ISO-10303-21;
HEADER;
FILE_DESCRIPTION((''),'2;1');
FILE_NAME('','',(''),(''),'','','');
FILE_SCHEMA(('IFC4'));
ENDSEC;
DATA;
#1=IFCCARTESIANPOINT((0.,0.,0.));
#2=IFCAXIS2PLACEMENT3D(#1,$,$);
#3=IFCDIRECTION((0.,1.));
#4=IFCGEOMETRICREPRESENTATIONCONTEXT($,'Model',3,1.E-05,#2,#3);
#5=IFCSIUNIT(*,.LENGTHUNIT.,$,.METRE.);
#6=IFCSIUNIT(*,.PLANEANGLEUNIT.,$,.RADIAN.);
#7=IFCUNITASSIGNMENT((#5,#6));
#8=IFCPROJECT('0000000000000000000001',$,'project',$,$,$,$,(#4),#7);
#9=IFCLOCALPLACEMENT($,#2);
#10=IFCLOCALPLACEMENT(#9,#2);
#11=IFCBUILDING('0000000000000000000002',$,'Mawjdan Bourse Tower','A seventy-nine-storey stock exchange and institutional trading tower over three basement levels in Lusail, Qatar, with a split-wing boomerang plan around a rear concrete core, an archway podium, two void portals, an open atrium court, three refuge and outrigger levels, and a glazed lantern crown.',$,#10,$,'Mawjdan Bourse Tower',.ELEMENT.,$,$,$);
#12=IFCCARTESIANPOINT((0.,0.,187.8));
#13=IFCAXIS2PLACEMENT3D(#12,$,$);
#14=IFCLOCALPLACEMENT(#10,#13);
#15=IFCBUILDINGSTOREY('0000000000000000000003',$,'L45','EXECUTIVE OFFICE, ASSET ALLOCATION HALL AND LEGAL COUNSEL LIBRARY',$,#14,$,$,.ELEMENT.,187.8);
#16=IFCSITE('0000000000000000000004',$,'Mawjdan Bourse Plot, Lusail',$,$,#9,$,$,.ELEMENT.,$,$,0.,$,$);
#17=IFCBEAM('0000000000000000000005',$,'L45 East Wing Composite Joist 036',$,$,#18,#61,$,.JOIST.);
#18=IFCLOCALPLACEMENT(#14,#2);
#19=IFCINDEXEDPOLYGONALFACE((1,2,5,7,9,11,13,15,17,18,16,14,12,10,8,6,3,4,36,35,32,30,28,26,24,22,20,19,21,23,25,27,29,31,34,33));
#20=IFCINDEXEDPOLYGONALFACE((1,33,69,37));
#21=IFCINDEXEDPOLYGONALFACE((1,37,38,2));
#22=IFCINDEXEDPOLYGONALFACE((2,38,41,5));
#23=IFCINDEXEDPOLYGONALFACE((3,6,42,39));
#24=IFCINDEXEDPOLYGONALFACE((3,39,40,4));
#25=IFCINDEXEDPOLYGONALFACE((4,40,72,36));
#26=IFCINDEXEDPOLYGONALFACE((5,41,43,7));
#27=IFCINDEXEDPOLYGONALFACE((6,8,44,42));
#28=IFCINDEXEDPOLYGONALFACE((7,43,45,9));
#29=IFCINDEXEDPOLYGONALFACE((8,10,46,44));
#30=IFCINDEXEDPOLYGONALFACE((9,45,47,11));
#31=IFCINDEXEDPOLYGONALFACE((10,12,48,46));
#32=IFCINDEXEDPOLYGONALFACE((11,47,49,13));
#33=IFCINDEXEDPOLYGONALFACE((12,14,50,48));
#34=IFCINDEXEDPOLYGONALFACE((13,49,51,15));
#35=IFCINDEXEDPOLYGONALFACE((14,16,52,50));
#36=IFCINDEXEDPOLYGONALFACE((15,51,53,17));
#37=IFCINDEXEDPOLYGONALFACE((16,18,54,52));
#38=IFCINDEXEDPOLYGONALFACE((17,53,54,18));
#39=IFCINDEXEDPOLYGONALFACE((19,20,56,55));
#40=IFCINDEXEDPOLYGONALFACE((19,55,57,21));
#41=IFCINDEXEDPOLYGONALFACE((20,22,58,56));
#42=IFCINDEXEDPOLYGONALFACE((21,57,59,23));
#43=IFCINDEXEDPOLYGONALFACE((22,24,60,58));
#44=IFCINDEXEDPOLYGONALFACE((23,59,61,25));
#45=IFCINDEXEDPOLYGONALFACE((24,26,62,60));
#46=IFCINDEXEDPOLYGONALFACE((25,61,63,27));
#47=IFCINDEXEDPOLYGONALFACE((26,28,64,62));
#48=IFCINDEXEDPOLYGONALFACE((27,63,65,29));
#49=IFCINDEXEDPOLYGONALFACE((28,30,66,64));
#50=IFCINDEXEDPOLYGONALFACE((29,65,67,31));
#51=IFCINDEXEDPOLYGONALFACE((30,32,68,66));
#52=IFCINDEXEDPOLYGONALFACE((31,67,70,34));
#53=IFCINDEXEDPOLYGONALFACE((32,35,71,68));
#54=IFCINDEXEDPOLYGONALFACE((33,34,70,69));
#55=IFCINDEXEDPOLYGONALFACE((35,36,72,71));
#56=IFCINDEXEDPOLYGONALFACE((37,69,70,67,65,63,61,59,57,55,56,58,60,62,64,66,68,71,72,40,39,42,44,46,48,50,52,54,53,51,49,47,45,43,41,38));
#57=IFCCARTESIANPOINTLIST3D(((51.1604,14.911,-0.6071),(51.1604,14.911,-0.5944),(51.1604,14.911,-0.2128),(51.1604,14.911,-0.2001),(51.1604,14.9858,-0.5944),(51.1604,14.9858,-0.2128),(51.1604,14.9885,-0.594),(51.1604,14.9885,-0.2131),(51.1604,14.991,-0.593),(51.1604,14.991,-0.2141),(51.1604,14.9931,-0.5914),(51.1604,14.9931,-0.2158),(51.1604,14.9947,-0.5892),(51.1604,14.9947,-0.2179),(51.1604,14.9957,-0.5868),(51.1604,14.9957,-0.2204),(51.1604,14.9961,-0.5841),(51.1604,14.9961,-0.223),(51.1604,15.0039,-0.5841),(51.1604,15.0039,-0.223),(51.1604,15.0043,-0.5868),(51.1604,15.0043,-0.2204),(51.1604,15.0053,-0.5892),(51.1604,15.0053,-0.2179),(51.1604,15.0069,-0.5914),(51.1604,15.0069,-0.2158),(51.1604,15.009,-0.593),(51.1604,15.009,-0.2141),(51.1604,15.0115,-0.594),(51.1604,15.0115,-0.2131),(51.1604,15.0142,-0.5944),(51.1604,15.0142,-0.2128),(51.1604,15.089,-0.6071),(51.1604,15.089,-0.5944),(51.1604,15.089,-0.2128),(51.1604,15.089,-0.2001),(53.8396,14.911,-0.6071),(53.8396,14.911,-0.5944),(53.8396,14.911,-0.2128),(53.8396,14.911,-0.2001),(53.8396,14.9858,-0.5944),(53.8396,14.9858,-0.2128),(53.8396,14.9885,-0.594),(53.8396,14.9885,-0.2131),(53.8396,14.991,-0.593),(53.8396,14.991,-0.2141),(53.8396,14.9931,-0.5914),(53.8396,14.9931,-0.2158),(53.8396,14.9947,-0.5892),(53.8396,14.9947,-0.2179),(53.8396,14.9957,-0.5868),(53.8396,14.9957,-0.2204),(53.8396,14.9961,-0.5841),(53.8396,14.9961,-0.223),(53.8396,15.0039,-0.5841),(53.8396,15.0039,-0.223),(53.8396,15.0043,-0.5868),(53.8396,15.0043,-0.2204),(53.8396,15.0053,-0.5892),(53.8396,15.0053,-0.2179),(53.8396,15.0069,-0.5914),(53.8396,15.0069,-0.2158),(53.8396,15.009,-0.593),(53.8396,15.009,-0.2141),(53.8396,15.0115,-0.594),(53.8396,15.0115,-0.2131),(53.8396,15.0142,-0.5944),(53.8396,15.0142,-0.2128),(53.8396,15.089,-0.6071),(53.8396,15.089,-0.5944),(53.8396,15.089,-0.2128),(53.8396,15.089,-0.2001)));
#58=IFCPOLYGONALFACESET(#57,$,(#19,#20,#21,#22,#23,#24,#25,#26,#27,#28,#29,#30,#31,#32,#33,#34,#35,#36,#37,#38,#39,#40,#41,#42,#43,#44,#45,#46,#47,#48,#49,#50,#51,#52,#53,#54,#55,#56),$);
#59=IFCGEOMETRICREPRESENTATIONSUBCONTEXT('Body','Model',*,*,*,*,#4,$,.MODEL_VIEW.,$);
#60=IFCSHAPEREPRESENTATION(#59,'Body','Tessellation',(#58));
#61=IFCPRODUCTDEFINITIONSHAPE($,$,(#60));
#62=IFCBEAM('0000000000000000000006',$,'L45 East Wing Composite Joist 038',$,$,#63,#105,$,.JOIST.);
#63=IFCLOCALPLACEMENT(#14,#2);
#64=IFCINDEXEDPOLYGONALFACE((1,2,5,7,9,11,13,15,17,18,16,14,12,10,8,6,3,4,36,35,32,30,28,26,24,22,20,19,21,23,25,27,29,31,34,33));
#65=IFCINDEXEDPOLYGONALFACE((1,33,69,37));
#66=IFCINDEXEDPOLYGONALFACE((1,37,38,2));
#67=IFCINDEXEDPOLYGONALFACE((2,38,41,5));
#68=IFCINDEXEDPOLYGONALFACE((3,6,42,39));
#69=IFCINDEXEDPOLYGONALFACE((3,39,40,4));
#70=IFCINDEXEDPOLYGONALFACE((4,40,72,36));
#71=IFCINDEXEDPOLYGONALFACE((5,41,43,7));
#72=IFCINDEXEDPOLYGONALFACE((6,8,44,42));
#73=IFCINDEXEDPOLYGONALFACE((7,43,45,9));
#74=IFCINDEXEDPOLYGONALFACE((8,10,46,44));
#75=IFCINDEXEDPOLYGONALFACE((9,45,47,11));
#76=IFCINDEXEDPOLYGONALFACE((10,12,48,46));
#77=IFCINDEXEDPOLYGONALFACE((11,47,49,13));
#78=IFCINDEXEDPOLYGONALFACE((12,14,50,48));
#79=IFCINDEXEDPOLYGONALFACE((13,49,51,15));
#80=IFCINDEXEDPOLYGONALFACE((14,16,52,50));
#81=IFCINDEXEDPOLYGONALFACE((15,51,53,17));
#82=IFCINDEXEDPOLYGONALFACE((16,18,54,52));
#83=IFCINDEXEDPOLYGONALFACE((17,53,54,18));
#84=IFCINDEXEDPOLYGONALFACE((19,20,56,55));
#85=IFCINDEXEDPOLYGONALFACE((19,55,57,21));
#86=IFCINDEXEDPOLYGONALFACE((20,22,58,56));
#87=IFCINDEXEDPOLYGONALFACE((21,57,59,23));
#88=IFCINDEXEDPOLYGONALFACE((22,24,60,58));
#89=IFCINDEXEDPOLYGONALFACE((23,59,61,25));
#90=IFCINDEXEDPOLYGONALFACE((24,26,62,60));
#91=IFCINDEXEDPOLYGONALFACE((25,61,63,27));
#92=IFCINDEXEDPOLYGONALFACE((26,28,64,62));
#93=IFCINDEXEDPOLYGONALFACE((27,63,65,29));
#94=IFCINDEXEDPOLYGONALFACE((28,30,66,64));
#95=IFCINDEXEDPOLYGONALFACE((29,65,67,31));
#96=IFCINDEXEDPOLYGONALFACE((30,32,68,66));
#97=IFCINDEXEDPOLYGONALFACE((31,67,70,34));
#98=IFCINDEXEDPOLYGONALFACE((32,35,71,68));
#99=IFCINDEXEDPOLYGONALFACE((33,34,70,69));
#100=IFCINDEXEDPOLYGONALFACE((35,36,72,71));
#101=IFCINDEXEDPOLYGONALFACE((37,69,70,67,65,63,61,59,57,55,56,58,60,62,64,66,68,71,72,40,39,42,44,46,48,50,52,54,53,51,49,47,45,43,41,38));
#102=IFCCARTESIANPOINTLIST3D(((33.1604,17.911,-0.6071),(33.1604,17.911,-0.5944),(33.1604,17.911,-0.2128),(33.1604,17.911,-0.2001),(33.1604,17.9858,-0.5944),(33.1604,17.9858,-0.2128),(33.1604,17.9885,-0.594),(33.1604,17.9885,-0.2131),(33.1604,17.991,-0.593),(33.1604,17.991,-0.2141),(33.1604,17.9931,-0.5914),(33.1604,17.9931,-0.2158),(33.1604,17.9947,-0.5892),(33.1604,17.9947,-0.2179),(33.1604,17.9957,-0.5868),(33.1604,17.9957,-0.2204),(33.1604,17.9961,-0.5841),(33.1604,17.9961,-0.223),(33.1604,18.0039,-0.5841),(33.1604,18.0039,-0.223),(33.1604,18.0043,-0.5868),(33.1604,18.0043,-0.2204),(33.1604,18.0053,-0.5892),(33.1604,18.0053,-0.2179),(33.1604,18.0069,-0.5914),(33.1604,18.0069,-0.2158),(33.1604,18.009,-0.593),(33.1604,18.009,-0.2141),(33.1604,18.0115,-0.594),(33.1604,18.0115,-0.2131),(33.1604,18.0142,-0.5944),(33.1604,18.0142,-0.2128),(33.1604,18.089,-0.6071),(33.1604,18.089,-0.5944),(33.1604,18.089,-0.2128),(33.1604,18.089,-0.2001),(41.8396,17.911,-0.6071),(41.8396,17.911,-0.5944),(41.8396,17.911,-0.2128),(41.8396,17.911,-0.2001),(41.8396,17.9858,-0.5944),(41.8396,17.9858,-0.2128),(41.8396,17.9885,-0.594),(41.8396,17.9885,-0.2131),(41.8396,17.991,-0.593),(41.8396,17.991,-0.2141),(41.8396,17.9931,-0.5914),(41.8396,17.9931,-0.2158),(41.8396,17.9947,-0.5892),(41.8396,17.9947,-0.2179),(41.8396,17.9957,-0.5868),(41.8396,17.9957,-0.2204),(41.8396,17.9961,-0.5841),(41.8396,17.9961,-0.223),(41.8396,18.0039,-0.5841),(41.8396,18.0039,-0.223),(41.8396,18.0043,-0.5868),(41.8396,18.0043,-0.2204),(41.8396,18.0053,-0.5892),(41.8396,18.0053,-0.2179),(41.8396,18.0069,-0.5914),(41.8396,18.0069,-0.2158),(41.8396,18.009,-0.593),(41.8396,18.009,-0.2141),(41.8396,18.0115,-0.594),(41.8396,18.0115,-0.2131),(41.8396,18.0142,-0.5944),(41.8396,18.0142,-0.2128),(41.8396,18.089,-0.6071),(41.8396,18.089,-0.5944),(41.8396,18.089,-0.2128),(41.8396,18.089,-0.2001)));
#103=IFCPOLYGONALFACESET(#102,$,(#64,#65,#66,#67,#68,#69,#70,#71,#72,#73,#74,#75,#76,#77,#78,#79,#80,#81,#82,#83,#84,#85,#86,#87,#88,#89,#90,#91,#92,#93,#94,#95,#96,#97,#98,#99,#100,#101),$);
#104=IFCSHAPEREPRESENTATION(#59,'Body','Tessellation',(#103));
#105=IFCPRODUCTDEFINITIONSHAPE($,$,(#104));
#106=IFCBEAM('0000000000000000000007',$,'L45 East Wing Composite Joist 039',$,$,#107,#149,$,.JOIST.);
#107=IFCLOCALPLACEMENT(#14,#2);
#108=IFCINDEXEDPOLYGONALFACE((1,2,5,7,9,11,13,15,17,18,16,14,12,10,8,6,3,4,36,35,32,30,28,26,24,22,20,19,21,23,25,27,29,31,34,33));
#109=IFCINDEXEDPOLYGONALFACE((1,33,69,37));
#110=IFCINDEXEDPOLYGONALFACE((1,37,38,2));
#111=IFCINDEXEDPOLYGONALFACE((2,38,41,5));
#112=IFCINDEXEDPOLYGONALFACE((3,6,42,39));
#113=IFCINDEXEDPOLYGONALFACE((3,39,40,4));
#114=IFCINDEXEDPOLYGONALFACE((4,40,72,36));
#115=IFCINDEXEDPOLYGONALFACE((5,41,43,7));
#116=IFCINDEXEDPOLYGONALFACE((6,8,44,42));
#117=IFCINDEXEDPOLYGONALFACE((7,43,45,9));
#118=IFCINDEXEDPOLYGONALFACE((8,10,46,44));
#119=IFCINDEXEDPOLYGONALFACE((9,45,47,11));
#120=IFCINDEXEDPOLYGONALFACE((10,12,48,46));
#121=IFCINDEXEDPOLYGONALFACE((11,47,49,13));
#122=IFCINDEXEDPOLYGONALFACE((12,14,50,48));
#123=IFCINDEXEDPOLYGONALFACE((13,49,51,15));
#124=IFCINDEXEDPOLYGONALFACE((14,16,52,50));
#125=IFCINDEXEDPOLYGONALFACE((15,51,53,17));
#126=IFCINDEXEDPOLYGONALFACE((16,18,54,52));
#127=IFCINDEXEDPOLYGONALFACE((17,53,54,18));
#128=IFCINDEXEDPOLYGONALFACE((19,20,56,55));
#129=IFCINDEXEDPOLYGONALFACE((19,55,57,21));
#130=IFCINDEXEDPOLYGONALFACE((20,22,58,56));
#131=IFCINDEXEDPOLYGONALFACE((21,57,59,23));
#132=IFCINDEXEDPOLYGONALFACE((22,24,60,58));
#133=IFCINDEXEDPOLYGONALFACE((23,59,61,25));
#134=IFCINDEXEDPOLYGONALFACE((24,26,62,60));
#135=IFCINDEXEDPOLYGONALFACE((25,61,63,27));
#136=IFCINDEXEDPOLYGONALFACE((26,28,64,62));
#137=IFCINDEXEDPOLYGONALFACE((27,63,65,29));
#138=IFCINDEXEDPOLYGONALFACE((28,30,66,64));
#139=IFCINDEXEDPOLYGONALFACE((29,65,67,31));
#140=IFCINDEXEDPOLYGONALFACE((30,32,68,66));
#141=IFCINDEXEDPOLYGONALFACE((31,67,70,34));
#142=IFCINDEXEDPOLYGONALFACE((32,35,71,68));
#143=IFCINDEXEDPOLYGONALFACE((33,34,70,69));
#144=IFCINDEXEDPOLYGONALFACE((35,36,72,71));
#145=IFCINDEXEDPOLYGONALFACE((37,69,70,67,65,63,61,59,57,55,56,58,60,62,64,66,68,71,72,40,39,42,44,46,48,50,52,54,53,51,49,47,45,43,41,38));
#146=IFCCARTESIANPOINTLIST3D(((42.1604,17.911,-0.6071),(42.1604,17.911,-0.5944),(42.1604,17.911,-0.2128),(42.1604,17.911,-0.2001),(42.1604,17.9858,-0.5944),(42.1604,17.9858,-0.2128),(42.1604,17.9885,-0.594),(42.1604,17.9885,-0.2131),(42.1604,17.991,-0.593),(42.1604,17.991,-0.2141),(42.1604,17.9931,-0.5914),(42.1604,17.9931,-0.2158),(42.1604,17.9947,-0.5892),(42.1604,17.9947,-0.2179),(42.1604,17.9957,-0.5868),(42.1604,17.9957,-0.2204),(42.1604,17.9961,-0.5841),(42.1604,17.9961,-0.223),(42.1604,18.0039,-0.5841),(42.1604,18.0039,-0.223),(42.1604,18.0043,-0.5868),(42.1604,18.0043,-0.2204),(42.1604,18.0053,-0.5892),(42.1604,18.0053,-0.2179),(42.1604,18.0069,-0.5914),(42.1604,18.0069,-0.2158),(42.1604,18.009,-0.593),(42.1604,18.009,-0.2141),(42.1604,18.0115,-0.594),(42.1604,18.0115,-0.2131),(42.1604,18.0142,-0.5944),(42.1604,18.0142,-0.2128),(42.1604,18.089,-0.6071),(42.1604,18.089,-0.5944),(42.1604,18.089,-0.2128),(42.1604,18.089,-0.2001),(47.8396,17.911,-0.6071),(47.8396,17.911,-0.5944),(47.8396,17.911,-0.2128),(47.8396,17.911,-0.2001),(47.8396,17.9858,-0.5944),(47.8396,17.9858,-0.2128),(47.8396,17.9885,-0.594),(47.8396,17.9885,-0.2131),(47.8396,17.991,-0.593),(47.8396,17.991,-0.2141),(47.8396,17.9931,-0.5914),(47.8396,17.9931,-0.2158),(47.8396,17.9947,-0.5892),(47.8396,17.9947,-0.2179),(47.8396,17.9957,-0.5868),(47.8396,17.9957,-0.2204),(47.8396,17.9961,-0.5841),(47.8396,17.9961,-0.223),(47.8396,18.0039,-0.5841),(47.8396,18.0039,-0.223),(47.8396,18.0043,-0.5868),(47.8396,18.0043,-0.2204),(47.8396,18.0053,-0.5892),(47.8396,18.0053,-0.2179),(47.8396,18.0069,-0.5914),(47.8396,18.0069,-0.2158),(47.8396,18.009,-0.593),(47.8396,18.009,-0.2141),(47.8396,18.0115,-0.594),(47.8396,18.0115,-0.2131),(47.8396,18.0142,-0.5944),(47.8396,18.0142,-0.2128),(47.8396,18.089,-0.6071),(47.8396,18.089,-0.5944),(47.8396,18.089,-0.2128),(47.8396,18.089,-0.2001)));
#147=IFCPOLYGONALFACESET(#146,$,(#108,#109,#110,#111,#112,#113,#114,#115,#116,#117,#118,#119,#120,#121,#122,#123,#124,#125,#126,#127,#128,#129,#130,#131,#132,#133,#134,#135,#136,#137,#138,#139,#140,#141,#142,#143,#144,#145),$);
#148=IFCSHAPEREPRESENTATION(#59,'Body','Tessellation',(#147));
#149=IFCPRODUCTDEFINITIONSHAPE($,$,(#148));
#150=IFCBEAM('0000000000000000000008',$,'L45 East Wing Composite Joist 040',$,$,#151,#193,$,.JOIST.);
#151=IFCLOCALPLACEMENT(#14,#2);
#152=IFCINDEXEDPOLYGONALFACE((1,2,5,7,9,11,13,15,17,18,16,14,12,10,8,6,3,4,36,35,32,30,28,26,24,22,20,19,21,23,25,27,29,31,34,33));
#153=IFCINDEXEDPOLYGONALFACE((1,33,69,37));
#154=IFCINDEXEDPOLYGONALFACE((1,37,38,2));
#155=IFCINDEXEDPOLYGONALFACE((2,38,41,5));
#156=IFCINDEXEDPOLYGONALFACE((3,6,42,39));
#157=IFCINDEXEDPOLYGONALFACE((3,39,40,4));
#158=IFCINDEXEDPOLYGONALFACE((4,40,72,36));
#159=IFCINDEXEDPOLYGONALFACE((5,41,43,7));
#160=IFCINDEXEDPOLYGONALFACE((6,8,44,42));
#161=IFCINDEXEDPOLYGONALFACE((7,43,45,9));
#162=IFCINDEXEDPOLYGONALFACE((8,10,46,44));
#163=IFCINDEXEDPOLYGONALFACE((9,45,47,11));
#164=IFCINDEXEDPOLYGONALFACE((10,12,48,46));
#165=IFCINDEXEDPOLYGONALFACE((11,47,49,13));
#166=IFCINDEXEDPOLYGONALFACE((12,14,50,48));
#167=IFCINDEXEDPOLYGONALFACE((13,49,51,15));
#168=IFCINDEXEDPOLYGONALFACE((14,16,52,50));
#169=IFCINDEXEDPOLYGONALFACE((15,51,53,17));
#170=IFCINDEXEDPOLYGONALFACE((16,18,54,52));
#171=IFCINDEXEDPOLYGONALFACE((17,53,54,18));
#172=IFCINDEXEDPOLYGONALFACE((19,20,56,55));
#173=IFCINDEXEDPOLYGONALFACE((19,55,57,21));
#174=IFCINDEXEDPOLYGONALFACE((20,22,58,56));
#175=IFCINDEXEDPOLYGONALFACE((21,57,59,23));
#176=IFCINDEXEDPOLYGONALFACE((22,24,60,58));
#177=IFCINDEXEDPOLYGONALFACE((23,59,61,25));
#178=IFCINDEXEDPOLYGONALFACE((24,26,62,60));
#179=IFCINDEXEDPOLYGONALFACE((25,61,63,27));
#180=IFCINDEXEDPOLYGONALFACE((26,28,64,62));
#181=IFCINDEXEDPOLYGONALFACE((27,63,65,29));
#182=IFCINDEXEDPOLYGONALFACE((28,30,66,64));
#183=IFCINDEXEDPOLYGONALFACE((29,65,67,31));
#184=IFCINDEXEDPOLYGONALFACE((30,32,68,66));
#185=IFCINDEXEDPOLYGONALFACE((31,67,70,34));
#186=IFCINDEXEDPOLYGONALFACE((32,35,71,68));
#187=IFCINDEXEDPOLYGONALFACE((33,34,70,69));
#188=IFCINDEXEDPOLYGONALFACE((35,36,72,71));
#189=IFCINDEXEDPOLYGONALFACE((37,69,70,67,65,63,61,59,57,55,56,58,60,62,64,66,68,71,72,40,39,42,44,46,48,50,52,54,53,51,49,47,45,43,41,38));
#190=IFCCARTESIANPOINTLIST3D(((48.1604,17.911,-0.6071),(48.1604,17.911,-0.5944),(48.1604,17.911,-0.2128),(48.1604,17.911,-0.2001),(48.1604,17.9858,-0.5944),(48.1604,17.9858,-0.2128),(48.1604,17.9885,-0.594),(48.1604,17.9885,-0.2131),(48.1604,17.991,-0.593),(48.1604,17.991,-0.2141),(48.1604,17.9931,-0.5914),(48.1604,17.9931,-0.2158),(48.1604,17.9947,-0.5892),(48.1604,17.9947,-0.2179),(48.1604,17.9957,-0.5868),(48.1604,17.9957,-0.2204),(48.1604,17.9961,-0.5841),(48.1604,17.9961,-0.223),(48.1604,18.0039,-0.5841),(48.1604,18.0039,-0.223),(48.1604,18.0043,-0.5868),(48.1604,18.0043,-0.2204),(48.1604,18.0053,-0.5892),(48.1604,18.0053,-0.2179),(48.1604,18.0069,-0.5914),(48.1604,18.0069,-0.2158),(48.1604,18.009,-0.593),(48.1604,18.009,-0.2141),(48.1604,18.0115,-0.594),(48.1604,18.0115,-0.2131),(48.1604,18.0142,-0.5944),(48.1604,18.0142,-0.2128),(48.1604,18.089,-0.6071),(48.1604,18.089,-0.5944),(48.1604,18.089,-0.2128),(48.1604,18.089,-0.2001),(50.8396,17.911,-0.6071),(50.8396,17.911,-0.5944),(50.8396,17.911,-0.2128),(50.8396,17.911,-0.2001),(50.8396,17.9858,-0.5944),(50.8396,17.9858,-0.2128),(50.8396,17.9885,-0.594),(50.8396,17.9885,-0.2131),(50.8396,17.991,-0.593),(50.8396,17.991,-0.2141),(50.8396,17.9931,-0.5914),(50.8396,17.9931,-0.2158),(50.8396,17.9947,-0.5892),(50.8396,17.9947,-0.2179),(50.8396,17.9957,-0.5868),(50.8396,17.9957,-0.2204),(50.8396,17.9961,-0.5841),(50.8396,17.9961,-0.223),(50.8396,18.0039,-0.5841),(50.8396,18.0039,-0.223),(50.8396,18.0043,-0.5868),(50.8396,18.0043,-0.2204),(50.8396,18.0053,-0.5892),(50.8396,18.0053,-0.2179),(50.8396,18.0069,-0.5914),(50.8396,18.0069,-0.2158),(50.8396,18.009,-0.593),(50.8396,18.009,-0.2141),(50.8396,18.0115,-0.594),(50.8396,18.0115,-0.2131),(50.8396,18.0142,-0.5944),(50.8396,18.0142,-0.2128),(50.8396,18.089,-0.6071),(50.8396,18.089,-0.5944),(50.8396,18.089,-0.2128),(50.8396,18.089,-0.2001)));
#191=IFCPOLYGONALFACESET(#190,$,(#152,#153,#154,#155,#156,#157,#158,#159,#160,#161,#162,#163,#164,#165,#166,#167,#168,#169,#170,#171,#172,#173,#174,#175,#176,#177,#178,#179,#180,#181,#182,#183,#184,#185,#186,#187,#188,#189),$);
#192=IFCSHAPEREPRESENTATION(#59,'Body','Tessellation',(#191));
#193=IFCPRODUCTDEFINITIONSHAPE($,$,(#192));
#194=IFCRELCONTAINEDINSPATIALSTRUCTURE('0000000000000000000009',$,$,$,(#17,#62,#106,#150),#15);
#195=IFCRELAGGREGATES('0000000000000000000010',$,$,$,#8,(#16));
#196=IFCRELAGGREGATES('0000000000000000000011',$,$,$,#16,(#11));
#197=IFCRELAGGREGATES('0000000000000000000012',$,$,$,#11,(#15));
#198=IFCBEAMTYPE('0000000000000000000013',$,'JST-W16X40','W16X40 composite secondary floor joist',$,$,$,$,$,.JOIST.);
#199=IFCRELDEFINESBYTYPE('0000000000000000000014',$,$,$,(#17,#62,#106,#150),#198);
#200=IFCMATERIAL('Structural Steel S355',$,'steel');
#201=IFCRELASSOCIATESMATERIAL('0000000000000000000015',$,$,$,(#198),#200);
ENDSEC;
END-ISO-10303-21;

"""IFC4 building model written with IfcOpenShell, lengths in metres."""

from ifc_helpers import new_model, si_unit, direction, frame, origin, origin_2d, place, context, subcontext, project, spatial, i_section, extrude, material, material_profile, profile_set, type_object, element, save


model = new_model("IFC4")

# Units and contexts
model_context = context("Model", 3, precision=1e-05, world=origin(), true_north=direction((0.0, 1.0)))
body_context = subcontext(model_context, "Body", "Model", "MODEL_VIEW")
ifc_project = project(units=[si_unit("LENGTHUNIT", "METRE"), si_unit("PLANEANGLEUNIT", "RADIAN")], contexts=[model_context])

# Site, building, storey
site_placement = place(None, origin())
site = spatial("IfcSite", under=ifc_project, at=site_placement, Name="Mawjdan Bourse Plot, Lusail", CompositionType="ELEMENT", RefElevation=0.0)
building_placement = place(site_placement, origin())
building = spatial("IfcBuilding", under=site, at=building_placement, Name="Mawjdan Bourse Tower", Description="A seventy-nine-storey stock exchange and institutional trading tower over three basement levels in Lusail, Qatar, with a split-wing boomerang plan around a rear concrete core, an archway podium, two void portals, an open atrium court, three refuge and outrigger levels, and a glazed lantern crown.", LongName="Mawjdan Bourse Tower", CompositionType="ELEMENT")
storey_placement = place(building_placement, frame((0.0, 0.0, 187.8)))
storey = spatial("IfcBuildingStorey", under=building, at=storey_placement, Name="L45", Description="EXECUTIVE OFFICE, ASSET ALLOCATION HALL AND LEGAL COUNSEL LIBRARY", CompositionType="ELEMENT", Elevation=187.8)

# Beams
ifc_material_1 = material(Name="Structural Steel S355", Category="steel")
ifc_material_profile_1 = material_profile(ifc_material_1, i_section(OverallWidth=0.178, OverallDepth=0.407, WebThickness=0.0078, FlangeThickness=0.0127, FilletRadius=0.0103, at=origin_2d()), Name="W16X40")
ifc_profile_set_1 = profile_set([ifc_material_profile_1], Name="Structural Steel S355")
beam_type_1 = type_object("IfcBeamType", Name="JST-W16X40", Description="W16X40 composite secondary floor joist", PredefinedType="JOIST", material=ifc_profile_set_1)
for number, where, z_axis, x_axis, name in (
    (1, (51.1604, 15.0, -0.4036), (1.0, 0.0, 0.0), (0.0, 1.0, 0.0), "L45 East Wing Composite Joist 036"),
):
    element("IfcBeam", number, at=place(storey_placement, frame(where, z_axis=z_axis, x_axis=x_axis)), inside=storey, type_object=beam_type_1, Name=name, PredefinedType="JOIST", context=body_context, shape_type="SweptSolid", body=[
        extrude(i_section(OverallWidth=0.178, OverallDepth=0.407, WebThickness=0.0078, FlangeThickness=0.0127, FilletRadius=0.0103, at=origin_2d()), origin(), (0.0, 0.0, 1.0), 2.6792),
    ])
beam_1_placement = place(storey_placement, frame((33.1604, 18.0, -0.4036), z_axis=(1.0, 0.0, 0.0), x_axis=(0.0, 1.0, 0.0)))
element("IfcBeam", 2, at=beam_1_placement, inside=storey, type_object=beam_type_1, Name="L45 East Wing Composite Joist 038", PredefinedType="JOIST", context=body_context, shape_type="SweptSolid", body=[
    extrude(i_section(OverallWidth=0.178, OverallDepth=0.407, WebThickness=0.0078, FlangeThickness=0.0127, FilletRadius=0.0103, at=origin_2d()), origin(), (0.0, 0.0, 1.0), 8.6792),
])
beam_2_placement = place(storey_placement, frame((42.1604, 18.0, -0.4036), z_axis=(1.0, 0.0, 0.0), x_axis=(0.0, 1.0, 0.0)))
element("IfcBeam", 3, at=beam_2_placement, inside=storey, type_object=beam_type_1, Name="L45 East Wing Composite Joist 039", PredefinedType="JOIST", context=body_context, shape_type="SweptSolid", body=[
    extrude(i_section(OverallWidth=0.178, OverallDepth=0.407, WebThickness=0.0078, FlangeThickness=0.0127, FilletRadius=0.0103, at=origin_2d()), origin(), (0.0, 0.0, 1.0), 5.6792),
])
for number, where, z_axis, x_axis, name in (
    (4, (48.1604, 18.0, -0.4036), (1.0, 0.0, 0.0), (0.0, 1.0, 0.0), "L45 East Wing Composite Joist 040"),
):
    element("IfcBeam", number, at=place(storey_placement, frame(where, z_axis=z_axis, x_axis=x_axis)), inside=storey, type_object=beam_type_1, Name=name, PredefinedType="JOIST", context=body_context, shape_type="SweptSolid", body=[
        extrude(i_section(OverallWidth=0.178, OverallDepth=0.407, WebThickness=0.0078, FlangeThickness=0.0127, FilletRadius=0.0103, at=origin_2d()), origin(), (0.0, 0.0, 1.0), 2.6792),
    ])

save(model, "model.ifc")
